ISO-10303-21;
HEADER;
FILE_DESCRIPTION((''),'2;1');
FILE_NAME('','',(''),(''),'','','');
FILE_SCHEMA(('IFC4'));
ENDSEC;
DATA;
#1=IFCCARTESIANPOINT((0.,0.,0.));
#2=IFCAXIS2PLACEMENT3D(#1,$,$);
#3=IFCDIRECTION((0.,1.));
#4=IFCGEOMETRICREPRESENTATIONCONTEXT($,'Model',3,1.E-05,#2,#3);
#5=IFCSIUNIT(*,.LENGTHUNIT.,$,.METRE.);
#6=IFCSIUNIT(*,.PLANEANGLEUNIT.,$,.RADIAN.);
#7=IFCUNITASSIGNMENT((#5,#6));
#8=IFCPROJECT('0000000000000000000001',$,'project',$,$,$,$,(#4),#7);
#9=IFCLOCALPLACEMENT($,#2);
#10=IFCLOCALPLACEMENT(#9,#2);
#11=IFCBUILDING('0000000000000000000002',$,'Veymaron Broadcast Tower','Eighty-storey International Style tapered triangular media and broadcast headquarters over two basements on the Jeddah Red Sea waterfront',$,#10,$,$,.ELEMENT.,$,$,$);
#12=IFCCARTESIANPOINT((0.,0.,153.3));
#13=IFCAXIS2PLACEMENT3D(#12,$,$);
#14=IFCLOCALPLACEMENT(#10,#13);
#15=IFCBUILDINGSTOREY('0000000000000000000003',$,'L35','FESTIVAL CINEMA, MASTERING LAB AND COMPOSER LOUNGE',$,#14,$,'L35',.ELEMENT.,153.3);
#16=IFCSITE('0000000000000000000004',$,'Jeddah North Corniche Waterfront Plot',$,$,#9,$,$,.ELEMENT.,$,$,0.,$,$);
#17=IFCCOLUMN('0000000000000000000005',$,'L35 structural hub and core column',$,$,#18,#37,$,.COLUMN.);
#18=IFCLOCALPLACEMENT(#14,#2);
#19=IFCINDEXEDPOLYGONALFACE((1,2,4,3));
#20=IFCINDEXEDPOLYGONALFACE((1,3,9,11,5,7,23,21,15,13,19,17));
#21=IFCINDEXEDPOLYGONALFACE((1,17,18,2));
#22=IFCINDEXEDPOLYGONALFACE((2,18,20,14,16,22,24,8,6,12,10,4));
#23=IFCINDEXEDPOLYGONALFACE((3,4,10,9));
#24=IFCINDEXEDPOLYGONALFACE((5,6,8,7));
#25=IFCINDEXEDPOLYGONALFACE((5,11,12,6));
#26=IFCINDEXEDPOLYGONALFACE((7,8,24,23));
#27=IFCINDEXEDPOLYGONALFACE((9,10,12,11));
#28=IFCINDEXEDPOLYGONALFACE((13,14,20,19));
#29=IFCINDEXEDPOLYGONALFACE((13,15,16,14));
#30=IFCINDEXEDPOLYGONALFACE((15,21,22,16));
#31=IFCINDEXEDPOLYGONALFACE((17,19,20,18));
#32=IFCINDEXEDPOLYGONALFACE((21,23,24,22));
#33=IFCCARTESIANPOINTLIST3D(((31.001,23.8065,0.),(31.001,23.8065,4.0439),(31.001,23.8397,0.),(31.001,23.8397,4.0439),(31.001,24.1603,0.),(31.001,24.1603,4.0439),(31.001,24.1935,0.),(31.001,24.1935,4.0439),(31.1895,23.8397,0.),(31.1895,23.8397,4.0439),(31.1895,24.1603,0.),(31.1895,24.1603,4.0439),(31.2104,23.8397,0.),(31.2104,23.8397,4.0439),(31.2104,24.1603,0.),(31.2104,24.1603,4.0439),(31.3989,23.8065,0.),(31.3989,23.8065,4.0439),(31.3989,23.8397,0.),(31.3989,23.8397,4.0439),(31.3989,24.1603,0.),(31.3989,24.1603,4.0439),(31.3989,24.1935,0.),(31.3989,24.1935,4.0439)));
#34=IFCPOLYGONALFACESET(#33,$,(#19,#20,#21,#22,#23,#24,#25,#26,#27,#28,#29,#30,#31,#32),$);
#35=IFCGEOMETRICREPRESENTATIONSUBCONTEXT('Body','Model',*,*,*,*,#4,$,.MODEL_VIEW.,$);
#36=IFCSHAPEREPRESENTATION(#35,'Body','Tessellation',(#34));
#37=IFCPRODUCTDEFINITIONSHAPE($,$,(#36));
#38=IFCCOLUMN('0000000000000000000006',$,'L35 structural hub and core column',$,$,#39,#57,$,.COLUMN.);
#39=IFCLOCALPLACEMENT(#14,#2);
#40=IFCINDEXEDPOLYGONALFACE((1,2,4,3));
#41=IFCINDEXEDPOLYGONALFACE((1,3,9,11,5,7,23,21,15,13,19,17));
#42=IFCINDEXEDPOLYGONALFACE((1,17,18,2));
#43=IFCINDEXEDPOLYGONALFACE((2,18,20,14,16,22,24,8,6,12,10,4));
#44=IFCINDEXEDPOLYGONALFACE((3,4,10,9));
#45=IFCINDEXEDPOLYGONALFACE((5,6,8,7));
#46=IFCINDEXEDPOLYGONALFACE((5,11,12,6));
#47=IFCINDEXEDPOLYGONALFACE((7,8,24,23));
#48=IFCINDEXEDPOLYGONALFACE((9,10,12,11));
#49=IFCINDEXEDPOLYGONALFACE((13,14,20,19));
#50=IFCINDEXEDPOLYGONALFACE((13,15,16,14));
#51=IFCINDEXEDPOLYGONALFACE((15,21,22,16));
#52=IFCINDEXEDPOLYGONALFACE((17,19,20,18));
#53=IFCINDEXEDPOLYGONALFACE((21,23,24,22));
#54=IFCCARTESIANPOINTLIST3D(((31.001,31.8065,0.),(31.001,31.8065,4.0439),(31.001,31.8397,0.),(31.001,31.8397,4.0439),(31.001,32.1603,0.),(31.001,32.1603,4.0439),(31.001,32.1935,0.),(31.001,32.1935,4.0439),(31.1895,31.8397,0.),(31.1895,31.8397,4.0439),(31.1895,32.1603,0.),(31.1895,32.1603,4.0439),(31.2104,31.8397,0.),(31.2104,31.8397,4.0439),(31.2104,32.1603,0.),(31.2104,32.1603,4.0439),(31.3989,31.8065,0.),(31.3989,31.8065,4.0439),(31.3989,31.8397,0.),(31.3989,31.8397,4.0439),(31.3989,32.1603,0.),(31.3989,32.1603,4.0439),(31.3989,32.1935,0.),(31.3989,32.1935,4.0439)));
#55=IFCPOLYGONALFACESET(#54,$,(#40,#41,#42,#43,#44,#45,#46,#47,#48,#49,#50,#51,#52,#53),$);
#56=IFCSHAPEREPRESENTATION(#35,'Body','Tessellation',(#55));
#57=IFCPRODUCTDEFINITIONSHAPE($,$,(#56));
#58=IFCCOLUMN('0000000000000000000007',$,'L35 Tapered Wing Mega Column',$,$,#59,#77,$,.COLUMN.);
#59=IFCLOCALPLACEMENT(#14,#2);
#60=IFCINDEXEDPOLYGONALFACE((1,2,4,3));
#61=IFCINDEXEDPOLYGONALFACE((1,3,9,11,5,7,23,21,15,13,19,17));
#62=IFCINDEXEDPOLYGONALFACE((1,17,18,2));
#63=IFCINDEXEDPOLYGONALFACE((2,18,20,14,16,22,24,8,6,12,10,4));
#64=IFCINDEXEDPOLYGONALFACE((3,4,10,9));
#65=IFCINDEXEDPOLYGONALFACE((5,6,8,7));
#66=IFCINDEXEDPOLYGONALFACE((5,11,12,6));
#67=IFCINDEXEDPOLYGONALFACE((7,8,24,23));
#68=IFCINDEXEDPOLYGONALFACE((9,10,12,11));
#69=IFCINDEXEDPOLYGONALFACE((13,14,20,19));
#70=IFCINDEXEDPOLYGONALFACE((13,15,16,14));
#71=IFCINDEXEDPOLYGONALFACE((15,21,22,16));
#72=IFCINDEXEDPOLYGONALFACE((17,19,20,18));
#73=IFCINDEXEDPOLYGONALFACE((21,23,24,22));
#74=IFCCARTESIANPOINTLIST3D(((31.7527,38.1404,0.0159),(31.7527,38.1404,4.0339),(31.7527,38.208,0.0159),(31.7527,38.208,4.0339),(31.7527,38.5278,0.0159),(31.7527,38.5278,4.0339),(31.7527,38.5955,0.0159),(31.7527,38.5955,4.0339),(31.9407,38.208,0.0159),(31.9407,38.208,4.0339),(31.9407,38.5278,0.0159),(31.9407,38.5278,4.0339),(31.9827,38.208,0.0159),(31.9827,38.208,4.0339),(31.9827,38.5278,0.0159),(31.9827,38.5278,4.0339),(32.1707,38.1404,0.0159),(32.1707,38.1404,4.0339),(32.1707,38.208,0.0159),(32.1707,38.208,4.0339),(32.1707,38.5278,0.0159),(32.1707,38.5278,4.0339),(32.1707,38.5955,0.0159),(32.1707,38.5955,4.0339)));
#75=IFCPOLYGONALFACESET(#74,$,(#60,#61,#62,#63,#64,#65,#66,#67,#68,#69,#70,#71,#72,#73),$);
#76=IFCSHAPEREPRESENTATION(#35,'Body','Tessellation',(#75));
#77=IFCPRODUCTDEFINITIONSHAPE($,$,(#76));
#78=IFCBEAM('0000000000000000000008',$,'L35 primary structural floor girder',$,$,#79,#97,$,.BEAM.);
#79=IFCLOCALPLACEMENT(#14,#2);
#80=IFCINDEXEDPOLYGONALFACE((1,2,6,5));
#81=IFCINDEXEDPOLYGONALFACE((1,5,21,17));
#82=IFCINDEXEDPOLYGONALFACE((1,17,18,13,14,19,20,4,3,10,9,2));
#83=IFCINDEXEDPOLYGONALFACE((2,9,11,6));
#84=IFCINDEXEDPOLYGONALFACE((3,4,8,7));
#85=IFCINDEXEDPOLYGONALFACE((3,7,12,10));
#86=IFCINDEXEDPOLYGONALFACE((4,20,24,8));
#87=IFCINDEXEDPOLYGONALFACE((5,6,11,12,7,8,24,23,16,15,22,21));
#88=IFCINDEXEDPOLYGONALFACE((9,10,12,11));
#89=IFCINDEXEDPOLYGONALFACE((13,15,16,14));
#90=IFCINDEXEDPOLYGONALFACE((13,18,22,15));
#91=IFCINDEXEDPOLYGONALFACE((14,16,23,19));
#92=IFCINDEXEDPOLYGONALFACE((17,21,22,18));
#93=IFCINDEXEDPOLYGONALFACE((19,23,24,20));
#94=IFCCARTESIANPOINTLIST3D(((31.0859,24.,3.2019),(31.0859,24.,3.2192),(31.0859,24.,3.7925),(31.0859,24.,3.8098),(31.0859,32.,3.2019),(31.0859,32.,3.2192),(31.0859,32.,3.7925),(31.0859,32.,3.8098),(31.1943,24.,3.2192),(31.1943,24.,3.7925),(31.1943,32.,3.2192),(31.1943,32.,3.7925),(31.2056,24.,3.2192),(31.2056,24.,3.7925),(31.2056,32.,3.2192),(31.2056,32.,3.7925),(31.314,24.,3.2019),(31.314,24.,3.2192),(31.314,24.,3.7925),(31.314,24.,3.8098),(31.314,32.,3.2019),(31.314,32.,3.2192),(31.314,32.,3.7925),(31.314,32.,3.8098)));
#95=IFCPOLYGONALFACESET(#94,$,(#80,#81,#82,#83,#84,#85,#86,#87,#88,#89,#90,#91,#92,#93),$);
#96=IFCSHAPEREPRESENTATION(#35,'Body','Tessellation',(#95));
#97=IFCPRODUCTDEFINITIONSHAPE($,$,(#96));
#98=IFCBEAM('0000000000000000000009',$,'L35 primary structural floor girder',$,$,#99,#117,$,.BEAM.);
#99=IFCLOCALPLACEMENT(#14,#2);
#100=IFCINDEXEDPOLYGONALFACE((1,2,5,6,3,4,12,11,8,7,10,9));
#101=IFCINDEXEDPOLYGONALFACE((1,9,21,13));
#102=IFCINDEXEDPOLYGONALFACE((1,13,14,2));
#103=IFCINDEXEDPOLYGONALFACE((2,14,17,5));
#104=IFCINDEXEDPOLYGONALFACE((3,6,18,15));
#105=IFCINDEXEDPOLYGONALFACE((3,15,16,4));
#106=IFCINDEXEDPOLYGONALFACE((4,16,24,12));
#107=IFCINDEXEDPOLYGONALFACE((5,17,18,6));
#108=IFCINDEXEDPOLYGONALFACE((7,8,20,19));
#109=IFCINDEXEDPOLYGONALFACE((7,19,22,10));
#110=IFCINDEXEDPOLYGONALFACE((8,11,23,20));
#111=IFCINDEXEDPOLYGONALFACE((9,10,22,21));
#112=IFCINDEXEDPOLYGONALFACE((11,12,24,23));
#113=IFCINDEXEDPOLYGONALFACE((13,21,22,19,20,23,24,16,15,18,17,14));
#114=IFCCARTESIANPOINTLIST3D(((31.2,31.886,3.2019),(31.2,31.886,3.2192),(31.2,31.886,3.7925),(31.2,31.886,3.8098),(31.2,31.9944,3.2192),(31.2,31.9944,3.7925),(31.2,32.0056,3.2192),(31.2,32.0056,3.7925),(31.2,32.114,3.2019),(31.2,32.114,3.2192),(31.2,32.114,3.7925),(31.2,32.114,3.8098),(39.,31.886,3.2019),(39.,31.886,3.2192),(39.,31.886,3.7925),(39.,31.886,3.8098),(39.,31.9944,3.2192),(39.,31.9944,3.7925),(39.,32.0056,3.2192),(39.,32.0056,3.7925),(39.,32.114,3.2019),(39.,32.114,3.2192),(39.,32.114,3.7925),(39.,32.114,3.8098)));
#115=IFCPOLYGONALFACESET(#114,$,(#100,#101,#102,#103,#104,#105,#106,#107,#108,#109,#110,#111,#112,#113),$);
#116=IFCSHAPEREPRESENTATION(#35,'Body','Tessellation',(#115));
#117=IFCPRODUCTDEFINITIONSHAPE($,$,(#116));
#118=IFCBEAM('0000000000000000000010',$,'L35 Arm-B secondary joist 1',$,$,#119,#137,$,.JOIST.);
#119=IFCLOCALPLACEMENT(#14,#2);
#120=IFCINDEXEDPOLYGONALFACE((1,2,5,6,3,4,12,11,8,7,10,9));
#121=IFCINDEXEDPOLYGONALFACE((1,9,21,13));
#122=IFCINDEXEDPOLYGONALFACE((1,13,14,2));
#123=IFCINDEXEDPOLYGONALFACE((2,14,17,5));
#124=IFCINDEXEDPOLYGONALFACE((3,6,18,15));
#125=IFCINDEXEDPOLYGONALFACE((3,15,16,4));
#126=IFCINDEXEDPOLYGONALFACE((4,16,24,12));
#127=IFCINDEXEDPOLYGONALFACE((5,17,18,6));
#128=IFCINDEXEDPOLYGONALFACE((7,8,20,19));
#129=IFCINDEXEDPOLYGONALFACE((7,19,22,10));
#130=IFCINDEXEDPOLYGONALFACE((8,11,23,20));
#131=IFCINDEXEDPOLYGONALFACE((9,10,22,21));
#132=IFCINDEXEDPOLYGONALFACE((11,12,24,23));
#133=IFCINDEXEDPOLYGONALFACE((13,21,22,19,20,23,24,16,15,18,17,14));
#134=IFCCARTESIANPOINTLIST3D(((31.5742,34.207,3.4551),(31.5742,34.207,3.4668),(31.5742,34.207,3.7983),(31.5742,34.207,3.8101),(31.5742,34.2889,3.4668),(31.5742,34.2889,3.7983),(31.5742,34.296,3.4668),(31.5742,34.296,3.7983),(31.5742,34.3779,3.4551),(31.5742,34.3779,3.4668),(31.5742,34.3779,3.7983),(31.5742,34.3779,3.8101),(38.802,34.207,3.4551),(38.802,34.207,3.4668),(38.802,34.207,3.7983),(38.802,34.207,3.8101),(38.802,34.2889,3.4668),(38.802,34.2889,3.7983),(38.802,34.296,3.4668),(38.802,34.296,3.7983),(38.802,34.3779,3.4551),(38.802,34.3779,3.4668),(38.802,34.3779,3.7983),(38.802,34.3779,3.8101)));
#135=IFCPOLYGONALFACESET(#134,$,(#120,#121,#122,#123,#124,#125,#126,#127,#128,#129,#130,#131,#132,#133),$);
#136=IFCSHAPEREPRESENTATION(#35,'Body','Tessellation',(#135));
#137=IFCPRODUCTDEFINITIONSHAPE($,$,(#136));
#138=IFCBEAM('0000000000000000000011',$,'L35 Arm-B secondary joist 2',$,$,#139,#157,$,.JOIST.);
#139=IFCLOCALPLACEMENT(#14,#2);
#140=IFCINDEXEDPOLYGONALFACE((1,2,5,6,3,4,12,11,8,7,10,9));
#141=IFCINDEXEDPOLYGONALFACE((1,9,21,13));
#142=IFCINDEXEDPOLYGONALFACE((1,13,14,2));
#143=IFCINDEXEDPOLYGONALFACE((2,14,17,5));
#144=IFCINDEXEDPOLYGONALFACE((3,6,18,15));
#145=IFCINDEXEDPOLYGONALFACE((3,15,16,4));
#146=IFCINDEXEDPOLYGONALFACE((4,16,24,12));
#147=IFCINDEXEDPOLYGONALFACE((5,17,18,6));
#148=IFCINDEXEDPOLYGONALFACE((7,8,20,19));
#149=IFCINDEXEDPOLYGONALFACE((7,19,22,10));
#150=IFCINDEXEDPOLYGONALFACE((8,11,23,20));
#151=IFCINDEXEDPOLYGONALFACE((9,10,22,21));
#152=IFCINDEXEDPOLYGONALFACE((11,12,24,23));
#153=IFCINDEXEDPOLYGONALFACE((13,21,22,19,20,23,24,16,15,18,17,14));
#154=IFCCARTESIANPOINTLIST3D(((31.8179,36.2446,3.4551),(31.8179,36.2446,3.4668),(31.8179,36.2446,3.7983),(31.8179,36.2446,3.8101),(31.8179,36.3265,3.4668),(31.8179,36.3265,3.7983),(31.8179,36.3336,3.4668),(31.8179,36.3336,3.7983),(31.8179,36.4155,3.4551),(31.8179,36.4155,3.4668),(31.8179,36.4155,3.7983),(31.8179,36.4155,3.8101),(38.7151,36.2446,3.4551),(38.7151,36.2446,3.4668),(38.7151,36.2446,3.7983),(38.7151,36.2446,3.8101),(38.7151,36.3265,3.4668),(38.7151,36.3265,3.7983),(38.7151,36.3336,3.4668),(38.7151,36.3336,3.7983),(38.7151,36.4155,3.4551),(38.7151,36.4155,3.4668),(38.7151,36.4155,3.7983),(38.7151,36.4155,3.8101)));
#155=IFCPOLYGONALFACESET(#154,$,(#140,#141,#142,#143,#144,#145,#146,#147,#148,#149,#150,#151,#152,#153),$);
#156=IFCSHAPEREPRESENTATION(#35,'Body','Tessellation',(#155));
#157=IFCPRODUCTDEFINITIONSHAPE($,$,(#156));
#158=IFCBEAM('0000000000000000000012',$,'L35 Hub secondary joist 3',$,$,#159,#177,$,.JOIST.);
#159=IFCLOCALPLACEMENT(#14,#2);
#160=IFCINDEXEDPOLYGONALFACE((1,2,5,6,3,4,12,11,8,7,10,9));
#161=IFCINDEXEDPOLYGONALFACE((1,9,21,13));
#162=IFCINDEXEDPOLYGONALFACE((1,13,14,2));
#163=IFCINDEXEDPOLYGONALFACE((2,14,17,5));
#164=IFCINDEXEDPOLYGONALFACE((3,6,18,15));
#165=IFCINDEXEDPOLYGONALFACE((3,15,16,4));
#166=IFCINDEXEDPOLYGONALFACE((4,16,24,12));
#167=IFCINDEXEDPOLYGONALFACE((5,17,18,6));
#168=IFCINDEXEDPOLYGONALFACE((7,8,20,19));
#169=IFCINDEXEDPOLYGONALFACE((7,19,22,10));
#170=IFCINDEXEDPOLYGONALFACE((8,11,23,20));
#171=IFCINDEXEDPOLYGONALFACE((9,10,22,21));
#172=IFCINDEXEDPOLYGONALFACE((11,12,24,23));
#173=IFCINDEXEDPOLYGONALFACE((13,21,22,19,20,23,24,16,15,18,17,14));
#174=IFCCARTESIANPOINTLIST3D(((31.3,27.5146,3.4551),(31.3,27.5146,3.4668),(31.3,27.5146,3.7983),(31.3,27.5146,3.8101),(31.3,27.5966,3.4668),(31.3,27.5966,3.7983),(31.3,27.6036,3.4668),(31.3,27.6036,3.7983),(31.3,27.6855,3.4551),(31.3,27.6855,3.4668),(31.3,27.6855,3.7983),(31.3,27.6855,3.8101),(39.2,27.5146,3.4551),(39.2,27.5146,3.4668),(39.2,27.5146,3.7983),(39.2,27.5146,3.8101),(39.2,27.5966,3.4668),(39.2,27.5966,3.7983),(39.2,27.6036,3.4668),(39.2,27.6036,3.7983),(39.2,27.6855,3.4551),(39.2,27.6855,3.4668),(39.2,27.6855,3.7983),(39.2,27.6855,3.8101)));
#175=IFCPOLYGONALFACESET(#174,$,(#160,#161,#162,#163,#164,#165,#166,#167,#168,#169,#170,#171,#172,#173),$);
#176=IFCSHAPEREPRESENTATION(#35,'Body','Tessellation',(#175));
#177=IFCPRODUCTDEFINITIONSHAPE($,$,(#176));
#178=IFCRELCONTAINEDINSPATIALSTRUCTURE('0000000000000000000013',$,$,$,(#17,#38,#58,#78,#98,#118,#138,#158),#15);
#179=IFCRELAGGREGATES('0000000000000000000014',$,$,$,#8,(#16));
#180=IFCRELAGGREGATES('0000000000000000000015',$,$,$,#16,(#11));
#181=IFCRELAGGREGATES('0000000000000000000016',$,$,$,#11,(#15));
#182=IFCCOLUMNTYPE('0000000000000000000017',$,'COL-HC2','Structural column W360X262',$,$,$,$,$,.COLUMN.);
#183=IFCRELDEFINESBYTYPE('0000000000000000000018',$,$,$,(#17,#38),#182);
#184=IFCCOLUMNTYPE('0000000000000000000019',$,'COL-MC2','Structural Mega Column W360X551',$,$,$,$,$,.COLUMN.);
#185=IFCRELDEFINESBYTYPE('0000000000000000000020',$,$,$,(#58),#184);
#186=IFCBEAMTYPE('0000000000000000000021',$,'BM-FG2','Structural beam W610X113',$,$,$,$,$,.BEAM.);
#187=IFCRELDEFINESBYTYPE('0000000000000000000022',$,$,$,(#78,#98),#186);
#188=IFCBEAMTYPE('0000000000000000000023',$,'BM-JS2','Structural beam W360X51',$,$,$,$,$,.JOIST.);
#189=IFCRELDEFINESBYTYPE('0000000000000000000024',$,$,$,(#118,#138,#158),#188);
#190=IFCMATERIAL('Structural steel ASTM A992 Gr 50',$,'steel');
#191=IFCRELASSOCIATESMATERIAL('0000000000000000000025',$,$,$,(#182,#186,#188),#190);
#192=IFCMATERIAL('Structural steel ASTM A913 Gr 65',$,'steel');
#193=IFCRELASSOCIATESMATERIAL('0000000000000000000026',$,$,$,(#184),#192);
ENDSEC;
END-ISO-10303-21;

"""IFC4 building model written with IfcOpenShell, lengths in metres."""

from ifc_helpers import new_model, si_unit, direction, frame, origin, origin_2d, place, context, subcontext, project, spatial, i_section, extrude, material, material_profile, profile_set, type_object, element, save


model = new_model("IFC4")

# Units and contexts
model_context = context("Model", 3, precision=1e-05, world=origin(), true_north=direction((0.0, 1.0)))
body_context = subcontext(model_context, "Body", "Model", "MODEL_VIEW")
ifc_project = project(units=[si_unit("LENGTHUNIT", "METRE"), si_unit("PLANEANGLEUNIT", "RADIAN")], contexts=[model_context])

# Site, building, storey
site_placement = place(None, origin())
site = spatial("IfcSite", under=ifc_project, at=site_placement, Name="Jeddah North Corniche Waterfront Plot", CompositionType="ELEMENT", RefElevation=0.0)
building_placement = place(site_placement, origin())
building = spatial("IfcBuilding", under=site, at=building_placement, Name="Veymaron Broadcast Tower", Description="Eighty-storey International Style tapered triangular media and broadcast headquarters over two basements on the Jeddah Red Sea waterfront", CompositionType="ELEMENT")
storey_placement = place(building_placement, frame((0.0, 0.0, 153.3)))
storey = spatial("IfcBuildingStorey", under=building, at=storey_placement, Name="L35", Description="FESTIVAL CINEMA, MASTERING LAB AND COMPOSER LOUNGE", LongName="L35", CompositionType="ELEMENT", Elevation=153.3)

# Columns
ifc_material_1 = material(Name="Structural steel ASTM A992 Gr 50", Category="steel")
ifc_material_profile_1 = material_profile(ifc_material_1, i_section(OverallWidth=0.3979, OverallDepth=0.387, WebThickness=0.021, FlangeThickness=0.0332, at=origin_2d()), Name="W360X262")
ifc_profile_set_1 = profile_set([ifc_material_profile_1], Name="Structural steel ASTM A992 Gr 50")
column_type_1 = type_object("IfcColumnType", Name="COL-HC2", Description="Structural column W360X262", PredefinedType="COLUMN", material=ifc_profile_set_1)
for number, where, z_axis, x_axis, name in (
    (1, (31.2, 24.0, 0.0), (0.0, 0.0, 1.0), (1.0, 0.0, 0.0), "L35 structural hub and core column"),
    (2, (31.2, 32.0, 0.0), (0.0, 0.0, 1.0), (1.0, 0.0, 0.0), "L35 structural hub and core column"),
):
    element("IfcColumn", number, at=place(storey_placement, frame(where, z_axis=z_axis, x_axis=x_axis)), inside=storey, type_object=column_type_1, Name=name, PredefinedType="COLUMN", context=body_context, shape_type="SweptSolid", body=[
        extrude(i_section(OverallWidth=0.3979, OverallDepth=0.387, WebThickness=0.021, FlangeThickness=0.0332, at=origin_2d()), origin(), (0.0, 0.0, 1.0), 4.0439),
    ])
ifc_material_2 = material(Name="Structural steel ASTM A913 Gr 65", Category="steel")
ifc_material_profile_2 = material_profile(ifc_material_2, i_section(OverallWidth=0.418, OverallDepth=0.4551, WebThickness=0.042, FlangeThickness=0.0676, at=origin_2d()), Name="W360X551")
ifc_profile_set_2 = profile_set([ifc_material_profile_2], Name="Structural steel ASTM A913 Gr 65")
column_type_2 = type_object("IfcColumnType", Name="COL-MC2", Description="Structural Mega Column W360X551", PredefinedType="COLUMN", material=ifc_profile_set_2)
column_placement = place(storey_placement, frame((31.9617, 38.3679, 0.0159), z_axis=(0.0, 0.0, 1.0), x_axis=(1.0, 0.0, 0.0)))
element("IfcColumn", 3, at=column_placement, inside=storey, type_object=column_type_2, Name="L35 Tapered Wing Mega Column", PredefinedType="COLUMN", context=body_context, shape_type="SweptSolid", body=[
    extrude(i_section(OverallWidth=0.418, OverallDepth=0.4551, WebThickness=0.042, FlangeThickness=0.0676, at=origin_2d()), origin(), (0.0, 0.0, 1.0), 4.0181),
])

# Beams
ifc_material_profile_3 = material_profile(ifc_material_1, i_section(OverallWidth=0.228, OverallDepth=0.6079, WebThickness=0.0112, FlangeThickness=0.0173, at=origin_2d()), Name="W610X113")
ifc_profile_set_3 = profile_set([ifc_material_profile_3], Name="Structural steel ASTM A992 Gr 50")
beam_type_1 = type_object("IfcBeamType", Name="BM-FG2", Description="Structural beam W610X113", PredefinedType="BEAM", material=ifc_profile_set_3)
beam_1_placement = place(storey_placement, frame((31.2, 24.0, 3.5059), z_axis=(0.0, 1.0, 0.0), x_axis=(-1.0, 0.0, 0.0)))
element("IfcBeam", 4, at=beam_1_placement, inside=storey, type_object=beam_type_1, Name="L35 primary structural floor girder", PredefinedType="BEAM", context=body_context, shape_type="SweptSolid", body=[
    extrude(i_section(OverallWidth=0.228, OverallDepth=0.6079, WebThickness=0.0112, FlangeThickness=0.0173, at=origin_2d()), origin(), (0.0, 0.0, 1.0), 8.0),
])
beam_2_placement = place(storey_placement, frame((31.2, 32.0, 3.5059), z_axis=(1.0, 0.0, 0.0), x_axis=(0.0, 1.0, 0.0)))
element("IfcBeam", 5, at=beam_2_placement, inside=storey, type_object=beam_type_1, Name="L35 primary structural floor girder", PredefinedType="BEAM", context=body_context, shape_type="SweptSolid", body=[
    extrude(i_section(OverallWidth=0.228, OverallDepth=0.6079, WebThickness=0.0112, FlangeThickness=0.0173, at=origin_2d()), origin(), (0.0, 0.0, 1.0), 7.8),
])
ifc_material_profile_4 = material_profile(ifc_material_1, i_section(OverallWidth=0.1709, OverallDepth=0.355, WebThickness=0.0071, FlangeThickness=0.0117, at=origin_2d()), Name="W360X51")
ifc_profile_set_4 = profile_set([ifc_material_profile_4], Name="Structural steel ASTM A992 Gr 50")
beam_type_2 = type_object("IfcBeamType", Name="BM-JS2", Description="Structural beam W360X51", PredefinedType="JOIST", material=ifc_profile_set_4)
beam_3_placement = place(storey_placement, frame((31.5742, 34.2925, 3.6326), z_axis=(1.0, 0.0, 0.0), x_axis=(0.0, 1.0, 0.0)))
element("IfcBeam", 6, at=beam_3_placement, inside=storey, type_object=beam_type_2, Name="L35 Arm-B secondary joist 1", PredefinedType="JOIST", context=body_context, shape_type="SweptSolid", body=[
    extrude(i_section(OverallWidth=0.1709, OverallDepth=0.355, WebThickness=0.0071, FlangeThickness=0.0117, at=origin_2d()), origin(), (0.0, 0.0, 1.0), 7.2278),
])
beam_4_placement = place(storey_placement, frame((31.8179, 36.3301, 3.6326), z_axis=(1.0, 0.0, 0.0), x_axis=(0.0, 1.0, 0.0)))
element("IfcBeam", 7, at=beam_4_placement, inside=storey, type_object=beam_type_2, Name="L35 Arm-B secondary joist 2", PredefinedType="JOIST", context=body_context, shape_type="SweptSolid", body=[
    extrude(i_section(OverallWidth=0.1709, OverallDepth=0.355, WebThickness=0.0071, FlangeThickness=0.0117, at=origin_2d()), origin(), (0.0, 0.0, 1.0), 6.8972),
])
for number, where, z_axis, x_axis, name in (
    (8, (31.3, 27.6001, 3.6326), (1.0, 0.0, 0.0), (0.0, 1.0, 0.0), "L35 Hub secondary joist 3"),
):
    element("IfcBeam", number, at=place(storey_placement, frame(where, z_axis=z_axis, x_axis=x_axis)), inside=storey, type_object=beam_type_2, Name=name, PredefinedType="JOIST", context=body_context, shape_type="SweptSolid", body=[
        extrude(i_section(OverallWidth=0.1709, OverallDepth=0.355, WebThickness=0.0071, FlangeThickness=0.0117, at=origin_2d()), origin(), (0.0, 0.0, 1.0), 7.8999),
    ])

save(model, "model.ifc")
